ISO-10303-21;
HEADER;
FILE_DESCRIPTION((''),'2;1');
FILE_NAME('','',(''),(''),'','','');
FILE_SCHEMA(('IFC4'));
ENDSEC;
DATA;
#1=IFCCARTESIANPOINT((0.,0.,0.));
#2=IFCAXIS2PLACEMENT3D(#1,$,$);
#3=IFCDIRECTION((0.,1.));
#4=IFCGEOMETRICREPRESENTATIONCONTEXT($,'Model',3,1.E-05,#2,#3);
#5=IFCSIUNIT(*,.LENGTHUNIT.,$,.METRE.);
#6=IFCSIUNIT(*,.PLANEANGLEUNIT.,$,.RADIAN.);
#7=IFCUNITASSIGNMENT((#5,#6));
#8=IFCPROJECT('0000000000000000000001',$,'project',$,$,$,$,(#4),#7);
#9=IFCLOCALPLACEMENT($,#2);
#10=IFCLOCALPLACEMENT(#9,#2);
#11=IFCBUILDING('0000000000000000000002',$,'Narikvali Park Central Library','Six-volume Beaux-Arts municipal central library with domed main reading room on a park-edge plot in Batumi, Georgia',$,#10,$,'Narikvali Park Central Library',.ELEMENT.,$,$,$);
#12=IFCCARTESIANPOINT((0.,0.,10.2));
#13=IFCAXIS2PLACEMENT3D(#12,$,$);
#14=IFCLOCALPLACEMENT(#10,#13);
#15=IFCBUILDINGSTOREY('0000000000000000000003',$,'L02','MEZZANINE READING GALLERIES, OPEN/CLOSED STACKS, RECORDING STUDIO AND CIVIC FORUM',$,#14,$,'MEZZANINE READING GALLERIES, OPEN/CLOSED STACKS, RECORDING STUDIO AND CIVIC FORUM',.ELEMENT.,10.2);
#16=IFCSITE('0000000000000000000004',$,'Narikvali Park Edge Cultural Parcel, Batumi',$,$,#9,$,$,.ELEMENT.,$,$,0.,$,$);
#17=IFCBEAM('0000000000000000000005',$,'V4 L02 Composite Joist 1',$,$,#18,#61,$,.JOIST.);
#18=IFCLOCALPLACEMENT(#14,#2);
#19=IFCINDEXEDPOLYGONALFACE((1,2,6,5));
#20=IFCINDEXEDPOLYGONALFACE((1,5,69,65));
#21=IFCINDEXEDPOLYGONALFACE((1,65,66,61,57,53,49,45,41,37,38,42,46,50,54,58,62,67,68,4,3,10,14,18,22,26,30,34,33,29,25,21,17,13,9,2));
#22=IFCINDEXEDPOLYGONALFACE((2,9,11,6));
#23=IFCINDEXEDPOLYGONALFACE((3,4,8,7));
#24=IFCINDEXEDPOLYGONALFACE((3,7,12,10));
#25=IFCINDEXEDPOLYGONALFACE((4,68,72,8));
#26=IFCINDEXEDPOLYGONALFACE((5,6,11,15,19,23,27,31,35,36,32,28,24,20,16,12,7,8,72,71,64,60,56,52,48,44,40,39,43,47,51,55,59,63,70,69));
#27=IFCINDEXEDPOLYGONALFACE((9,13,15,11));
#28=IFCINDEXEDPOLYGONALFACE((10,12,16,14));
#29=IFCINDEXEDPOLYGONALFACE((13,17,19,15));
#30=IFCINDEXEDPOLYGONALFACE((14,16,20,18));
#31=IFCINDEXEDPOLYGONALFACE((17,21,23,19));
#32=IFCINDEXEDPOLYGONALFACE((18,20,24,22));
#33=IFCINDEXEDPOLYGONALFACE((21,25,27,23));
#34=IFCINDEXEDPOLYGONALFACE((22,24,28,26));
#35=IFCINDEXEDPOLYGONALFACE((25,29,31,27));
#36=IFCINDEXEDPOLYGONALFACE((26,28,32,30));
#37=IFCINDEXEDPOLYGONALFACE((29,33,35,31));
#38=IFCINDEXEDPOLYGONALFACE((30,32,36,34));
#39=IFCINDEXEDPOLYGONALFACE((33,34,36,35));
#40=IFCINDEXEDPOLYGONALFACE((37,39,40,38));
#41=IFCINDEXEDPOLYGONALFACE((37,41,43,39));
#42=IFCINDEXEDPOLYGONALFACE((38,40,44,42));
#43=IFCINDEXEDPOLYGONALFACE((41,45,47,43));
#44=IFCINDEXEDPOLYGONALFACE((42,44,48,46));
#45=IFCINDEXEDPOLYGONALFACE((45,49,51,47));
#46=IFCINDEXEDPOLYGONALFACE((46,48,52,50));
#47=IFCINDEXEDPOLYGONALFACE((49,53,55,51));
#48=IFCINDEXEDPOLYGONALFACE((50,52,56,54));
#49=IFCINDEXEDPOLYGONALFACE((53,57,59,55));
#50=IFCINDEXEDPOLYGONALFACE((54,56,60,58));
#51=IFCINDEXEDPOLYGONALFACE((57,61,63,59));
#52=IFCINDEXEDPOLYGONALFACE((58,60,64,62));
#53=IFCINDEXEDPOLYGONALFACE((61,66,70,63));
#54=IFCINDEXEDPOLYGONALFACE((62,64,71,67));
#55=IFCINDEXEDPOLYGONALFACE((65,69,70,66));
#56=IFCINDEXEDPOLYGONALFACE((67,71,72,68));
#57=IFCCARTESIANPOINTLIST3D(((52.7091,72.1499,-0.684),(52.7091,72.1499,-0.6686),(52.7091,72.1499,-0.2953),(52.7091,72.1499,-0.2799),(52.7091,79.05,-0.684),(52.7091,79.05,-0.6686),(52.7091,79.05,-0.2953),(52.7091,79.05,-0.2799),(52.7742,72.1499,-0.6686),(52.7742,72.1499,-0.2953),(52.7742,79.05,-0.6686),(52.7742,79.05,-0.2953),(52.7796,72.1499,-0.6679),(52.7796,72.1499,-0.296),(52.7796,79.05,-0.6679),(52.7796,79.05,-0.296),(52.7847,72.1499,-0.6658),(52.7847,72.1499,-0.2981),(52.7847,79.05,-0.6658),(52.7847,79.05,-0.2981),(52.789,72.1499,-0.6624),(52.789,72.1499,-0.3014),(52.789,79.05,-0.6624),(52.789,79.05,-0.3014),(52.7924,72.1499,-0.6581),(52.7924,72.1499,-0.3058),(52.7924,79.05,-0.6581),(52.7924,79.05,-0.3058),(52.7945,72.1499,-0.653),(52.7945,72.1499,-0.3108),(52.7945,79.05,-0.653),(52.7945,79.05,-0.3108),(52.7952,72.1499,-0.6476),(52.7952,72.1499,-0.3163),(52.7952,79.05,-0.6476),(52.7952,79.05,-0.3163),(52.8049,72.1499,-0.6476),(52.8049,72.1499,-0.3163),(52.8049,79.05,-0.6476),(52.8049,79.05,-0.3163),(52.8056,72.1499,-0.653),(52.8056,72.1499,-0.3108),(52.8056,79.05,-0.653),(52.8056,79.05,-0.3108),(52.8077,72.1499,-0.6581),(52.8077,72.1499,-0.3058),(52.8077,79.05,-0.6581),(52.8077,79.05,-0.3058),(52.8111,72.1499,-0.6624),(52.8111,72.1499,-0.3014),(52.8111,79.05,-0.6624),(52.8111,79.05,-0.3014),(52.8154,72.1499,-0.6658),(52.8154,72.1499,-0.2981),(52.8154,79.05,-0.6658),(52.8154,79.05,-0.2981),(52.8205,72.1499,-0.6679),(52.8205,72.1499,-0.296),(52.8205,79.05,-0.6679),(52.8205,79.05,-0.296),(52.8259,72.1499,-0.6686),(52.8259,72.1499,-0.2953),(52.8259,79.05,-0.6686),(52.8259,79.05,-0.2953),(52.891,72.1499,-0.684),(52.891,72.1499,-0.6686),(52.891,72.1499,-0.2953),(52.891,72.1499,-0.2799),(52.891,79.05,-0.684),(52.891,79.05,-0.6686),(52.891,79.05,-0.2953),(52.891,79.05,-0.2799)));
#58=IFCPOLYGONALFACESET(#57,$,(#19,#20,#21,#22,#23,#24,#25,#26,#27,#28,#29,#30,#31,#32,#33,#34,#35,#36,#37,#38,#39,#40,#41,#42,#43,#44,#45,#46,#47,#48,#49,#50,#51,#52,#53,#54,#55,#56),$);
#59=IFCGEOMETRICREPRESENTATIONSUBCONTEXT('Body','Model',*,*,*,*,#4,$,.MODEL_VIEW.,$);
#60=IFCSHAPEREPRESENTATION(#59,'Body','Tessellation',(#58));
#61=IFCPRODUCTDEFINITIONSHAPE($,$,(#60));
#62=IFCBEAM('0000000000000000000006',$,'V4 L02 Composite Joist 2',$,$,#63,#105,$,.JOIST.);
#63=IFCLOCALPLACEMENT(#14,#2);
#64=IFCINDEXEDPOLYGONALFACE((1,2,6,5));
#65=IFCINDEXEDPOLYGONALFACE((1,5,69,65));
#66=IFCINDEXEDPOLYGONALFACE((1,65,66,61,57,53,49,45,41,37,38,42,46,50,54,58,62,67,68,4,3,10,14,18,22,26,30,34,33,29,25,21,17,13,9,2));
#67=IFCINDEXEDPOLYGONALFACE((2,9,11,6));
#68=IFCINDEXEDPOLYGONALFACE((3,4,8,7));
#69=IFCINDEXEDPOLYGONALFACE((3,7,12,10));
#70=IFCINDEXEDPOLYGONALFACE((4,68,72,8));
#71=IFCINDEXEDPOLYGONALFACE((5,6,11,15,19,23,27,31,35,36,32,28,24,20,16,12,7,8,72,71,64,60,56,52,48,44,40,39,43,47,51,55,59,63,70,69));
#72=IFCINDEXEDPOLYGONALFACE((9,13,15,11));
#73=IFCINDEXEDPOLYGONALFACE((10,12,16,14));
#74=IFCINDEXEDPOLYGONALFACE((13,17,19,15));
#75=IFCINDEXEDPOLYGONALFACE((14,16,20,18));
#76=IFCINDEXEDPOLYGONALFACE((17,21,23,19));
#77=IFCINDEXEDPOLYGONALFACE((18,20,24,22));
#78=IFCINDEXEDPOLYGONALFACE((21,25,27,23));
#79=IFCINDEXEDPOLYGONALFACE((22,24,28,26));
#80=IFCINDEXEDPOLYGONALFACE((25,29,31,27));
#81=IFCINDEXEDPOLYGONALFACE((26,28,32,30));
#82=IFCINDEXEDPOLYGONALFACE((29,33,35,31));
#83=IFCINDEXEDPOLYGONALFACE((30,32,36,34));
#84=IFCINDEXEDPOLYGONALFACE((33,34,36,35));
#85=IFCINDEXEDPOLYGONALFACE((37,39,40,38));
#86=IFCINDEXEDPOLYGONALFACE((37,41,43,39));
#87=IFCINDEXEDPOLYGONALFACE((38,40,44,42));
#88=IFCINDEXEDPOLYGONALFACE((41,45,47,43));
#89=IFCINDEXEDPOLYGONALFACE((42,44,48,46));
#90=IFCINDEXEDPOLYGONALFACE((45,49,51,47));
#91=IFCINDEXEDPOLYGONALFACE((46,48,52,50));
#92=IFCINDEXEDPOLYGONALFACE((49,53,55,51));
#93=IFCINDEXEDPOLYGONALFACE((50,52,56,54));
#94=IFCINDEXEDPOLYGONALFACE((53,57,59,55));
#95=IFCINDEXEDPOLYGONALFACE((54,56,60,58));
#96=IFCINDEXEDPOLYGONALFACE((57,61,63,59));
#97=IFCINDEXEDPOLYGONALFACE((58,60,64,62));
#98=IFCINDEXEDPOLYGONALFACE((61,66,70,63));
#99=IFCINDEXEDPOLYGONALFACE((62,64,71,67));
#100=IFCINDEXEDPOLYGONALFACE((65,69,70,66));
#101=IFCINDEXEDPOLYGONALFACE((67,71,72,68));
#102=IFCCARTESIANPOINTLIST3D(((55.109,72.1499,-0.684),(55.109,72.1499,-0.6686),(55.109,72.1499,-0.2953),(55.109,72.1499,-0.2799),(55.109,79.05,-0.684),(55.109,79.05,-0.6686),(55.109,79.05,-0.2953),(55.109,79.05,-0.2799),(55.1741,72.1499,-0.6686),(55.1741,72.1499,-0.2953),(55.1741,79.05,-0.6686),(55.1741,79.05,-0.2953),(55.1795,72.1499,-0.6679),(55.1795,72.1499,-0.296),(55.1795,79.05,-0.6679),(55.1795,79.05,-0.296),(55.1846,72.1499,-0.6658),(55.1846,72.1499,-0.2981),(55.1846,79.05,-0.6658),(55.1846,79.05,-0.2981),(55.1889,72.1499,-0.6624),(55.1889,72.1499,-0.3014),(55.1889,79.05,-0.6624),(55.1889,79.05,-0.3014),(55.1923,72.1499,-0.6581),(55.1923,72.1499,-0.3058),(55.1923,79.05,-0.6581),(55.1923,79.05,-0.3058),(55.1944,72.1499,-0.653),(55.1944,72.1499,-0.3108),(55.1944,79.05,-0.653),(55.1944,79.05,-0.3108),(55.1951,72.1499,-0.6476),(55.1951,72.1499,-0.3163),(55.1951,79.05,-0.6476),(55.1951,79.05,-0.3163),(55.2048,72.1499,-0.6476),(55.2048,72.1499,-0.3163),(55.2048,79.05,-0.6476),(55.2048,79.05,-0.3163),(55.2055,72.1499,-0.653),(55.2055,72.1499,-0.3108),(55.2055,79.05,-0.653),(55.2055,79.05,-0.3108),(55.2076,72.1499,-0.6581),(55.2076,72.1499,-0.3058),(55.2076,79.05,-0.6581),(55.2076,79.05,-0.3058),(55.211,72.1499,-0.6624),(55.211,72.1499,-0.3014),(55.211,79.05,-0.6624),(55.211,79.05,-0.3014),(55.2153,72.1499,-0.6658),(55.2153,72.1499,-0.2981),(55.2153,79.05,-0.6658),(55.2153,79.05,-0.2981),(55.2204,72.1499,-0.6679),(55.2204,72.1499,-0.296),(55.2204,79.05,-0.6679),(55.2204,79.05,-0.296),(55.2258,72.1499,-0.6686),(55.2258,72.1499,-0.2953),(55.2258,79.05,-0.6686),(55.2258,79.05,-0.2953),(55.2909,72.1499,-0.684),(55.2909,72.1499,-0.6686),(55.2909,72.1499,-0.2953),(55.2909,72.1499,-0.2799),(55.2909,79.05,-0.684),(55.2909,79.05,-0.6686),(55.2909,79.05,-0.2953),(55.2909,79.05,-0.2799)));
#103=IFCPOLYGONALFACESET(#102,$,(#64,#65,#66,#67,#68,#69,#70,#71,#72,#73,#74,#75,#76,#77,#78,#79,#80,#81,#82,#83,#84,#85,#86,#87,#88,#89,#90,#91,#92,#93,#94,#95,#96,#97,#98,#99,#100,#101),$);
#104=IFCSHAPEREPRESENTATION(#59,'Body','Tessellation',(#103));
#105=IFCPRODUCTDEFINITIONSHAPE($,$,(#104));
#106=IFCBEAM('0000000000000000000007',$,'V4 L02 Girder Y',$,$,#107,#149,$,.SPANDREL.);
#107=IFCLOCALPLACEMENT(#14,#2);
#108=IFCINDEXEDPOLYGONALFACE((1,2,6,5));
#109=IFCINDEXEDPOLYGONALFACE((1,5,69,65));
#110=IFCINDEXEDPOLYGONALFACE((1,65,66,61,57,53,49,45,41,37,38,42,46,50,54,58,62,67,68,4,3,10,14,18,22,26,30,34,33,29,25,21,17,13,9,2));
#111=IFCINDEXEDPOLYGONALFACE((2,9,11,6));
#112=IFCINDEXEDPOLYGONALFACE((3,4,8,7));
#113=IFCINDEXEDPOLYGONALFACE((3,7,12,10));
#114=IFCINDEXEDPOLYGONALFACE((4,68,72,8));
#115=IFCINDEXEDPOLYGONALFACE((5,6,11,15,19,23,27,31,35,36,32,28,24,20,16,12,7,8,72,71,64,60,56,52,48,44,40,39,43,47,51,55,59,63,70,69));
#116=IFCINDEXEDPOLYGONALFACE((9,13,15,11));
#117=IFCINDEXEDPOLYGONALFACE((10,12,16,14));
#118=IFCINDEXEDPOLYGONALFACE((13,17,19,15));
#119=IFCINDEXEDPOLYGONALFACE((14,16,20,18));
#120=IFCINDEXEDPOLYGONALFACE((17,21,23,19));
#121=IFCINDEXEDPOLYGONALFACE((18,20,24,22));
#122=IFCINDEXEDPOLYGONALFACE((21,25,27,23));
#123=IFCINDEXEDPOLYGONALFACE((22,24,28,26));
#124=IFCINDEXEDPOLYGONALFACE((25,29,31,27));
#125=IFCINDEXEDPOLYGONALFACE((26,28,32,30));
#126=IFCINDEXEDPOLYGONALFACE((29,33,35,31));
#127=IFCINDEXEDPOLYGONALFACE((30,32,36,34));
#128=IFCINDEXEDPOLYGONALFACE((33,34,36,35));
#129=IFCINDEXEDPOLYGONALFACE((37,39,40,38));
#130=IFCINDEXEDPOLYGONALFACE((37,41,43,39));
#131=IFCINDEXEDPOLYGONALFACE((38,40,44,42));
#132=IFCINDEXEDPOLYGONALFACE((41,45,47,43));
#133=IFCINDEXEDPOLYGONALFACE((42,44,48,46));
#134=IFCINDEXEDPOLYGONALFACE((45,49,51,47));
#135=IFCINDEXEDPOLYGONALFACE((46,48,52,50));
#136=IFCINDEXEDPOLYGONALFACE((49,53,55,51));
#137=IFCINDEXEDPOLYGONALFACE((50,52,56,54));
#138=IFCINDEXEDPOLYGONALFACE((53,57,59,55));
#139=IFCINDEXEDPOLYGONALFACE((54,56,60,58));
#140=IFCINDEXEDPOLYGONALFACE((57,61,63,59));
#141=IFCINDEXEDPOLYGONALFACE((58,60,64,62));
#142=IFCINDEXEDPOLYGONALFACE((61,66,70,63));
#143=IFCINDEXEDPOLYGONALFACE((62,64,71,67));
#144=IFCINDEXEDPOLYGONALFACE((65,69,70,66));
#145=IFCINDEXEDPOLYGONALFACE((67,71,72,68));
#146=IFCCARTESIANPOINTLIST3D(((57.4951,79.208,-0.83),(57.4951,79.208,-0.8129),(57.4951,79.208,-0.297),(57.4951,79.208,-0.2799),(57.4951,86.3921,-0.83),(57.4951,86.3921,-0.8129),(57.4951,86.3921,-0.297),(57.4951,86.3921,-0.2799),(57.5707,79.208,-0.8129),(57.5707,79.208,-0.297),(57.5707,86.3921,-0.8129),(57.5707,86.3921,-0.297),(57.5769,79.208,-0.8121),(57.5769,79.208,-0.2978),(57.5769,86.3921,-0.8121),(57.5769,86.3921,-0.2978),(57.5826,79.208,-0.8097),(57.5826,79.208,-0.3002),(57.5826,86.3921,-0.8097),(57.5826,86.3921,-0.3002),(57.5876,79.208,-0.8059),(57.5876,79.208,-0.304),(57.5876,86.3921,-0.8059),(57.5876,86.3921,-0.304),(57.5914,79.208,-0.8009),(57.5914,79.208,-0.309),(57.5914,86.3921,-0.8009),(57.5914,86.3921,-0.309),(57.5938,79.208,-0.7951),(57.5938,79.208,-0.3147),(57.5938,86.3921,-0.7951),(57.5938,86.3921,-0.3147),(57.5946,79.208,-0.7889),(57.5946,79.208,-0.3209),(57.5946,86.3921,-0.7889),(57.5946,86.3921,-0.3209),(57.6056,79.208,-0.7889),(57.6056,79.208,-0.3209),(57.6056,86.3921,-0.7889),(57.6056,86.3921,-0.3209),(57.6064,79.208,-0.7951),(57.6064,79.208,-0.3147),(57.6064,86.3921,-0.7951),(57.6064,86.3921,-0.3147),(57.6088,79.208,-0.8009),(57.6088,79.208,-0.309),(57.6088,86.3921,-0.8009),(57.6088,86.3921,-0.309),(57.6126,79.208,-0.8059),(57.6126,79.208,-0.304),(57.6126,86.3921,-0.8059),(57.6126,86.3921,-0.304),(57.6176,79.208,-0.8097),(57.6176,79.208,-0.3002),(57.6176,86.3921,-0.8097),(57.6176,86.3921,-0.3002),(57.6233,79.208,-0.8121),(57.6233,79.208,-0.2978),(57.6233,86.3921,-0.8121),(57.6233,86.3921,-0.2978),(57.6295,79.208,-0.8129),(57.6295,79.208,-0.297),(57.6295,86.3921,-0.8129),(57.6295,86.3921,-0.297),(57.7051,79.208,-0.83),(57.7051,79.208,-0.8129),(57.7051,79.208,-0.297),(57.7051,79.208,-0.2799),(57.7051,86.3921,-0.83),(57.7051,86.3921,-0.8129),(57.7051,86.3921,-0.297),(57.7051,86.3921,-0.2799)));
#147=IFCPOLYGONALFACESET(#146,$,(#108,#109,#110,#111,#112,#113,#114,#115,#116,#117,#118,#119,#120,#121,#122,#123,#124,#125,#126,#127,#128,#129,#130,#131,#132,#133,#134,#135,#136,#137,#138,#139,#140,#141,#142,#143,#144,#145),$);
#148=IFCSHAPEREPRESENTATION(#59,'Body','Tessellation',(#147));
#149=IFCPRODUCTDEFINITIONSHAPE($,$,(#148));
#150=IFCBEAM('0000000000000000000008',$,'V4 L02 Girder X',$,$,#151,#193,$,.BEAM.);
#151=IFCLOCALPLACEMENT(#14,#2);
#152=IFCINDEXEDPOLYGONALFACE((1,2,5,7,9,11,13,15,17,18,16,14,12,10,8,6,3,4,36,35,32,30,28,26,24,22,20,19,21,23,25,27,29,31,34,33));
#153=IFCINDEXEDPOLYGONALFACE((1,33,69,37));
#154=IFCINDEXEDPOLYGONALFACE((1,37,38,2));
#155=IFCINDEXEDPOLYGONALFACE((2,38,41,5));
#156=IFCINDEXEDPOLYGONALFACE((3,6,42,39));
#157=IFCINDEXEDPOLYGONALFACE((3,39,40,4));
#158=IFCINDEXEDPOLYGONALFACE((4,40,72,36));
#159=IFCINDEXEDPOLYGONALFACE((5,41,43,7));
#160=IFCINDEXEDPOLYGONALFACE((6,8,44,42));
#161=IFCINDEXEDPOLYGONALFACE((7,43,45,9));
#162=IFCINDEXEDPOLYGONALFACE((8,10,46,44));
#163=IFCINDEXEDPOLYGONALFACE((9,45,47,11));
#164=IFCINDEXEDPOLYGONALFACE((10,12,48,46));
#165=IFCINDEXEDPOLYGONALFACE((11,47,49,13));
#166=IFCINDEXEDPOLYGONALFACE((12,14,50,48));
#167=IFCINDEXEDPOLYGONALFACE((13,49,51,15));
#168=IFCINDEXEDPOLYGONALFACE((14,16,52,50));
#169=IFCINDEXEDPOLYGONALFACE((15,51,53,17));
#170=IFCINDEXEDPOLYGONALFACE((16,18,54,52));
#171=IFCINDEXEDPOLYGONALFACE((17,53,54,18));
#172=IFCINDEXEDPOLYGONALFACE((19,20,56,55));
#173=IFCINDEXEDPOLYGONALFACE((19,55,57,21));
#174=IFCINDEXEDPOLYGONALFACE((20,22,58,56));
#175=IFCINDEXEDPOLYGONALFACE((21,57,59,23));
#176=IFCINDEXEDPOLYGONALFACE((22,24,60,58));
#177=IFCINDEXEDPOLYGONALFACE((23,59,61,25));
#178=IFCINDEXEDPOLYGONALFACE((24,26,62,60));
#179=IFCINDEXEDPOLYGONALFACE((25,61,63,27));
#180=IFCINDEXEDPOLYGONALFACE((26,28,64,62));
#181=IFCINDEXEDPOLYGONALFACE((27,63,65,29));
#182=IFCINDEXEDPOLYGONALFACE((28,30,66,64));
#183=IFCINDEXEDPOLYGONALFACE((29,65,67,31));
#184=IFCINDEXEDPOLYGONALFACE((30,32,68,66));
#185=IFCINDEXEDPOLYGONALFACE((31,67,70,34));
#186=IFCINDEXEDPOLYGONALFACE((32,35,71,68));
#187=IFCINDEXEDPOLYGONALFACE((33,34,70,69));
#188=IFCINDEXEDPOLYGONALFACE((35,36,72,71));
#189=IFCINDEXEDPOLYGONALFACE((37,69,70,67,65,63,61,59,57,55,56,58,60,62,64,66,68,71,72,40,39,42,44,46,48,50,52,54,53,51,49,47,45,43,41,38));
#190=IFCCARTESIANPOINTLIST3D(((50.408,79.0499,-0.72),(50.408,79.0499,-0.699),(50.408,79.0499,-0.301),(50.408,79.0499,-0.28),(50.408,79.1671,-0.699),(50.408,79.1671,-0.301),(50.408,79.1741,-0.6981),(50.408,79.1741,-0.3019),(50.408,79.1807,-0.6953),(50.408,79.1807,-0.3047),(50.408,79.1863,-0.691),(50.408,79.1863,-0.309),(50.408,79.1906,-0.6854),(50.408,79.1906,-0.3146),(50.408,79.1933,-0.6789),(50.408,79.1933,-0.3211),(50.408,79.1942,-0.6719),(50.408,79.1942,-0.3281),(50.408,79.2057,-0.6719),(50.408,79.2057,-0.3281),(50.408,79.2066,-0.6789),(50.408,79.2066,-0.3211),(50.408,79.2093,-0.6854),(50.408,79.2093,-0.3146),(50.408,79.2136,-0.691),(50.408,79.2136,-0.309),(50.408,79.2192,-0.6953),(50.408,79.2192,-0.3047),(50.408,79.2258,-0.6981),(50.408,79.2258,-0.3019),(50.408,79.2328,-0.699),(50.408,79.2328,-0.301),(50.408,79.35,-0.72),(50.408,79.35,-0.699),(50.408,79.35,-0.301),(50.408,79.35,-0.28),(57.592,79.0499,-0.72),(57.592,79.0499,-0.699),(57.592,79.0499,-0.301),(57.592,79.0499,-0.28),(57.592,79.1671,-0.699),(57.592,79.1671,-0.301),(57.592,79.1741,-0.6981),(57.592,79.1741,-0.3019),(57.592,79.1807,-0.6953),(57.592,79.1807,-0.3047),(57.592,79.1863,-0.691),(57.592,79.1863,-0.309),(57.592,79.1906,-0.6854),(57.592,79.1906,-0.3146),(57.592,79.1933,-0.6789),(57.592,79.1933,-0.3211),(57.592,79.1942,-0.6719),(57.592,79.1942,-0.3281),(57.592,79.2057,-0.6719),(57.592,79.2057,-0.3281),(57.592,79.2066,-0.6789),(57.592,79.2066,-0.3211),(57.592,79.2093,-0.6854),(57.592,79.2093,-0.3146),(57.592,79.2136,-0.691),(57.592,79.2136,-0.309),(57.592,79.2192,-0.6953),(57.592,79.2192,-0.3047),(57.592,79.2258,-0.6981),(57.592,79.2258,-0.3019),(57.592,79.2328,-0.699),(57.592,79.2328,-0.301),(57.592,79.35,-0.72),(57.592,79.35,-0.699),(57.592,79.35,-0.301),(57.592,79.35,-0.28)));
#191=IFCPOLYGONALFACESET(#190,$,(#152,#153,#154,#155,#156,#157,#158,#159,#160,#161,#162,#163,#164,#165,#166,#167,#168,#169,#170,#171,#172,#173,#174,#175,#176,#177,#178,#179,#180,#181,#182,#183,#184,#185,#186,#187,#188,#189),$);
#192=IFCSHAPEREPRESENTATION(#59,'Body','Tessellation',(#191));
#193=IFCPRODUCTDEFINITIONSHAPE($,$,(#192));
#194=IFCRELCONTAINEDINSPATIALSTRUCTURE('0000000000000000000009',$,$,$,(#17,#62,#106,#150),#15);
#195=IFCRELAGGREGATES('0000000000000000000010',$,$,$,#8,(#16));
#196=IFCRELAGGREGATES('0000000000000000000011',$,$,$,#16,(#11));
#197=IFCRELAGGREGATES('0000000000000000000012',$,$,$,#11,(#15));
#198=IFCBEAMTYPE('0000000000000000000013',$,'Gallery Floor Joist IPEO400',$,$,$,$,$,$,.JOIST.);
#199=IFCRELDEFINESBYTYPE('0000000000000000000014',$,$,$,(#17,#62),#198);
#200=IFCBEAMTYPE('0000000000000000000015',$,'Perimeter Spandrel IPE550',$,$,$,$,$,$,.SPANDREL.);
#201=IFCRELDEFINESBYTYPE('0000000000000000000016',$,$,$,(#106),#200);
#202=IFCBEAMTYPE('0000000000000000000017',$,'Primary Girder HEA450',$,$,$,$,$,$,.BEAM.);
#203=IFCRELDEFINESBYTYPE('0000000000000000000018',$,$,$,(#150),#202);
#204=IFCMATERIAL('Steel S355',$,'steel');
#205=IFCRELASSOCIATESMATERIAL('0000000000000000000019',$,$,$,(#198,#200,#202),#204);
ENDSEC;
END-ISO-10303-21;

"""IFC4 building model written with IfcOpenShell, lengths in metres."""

from ifc_helpers import new_model, si_unit, direction, frame, origin, origin_2d, place, context, subcontext, project, spatial, i_section, extrude, material, material_profile, profile_set, type_object, element, save


model = new_model("IFC4")

# Units and contexts
model_context = context("Model", 3, precision=1e-05, world=origin(), true_north=direction((0.0, 1.0)))
body_context = subcontext(model_context, "Body", "Model", "MODEL_VIEW")
ifc_project = project(units=[si_unit("LENGTHUNIT", "METRE"), si_unit("PLANEANGLEUNIT", "RADIAN")], contexts=[model_context])

# Site, building, storey
site_placement = place(None, origin())
site = spatial("IfcSite", under=ifc_project, at=site_placement, Name="Narikvali Park Edge Cultural Parcel, Batumi", CompositionType="ELEMENT", RefElevation=0.0)
building_placement = place(site_placement, origin())
building = spatial("IfcBuilding", under=site, at=building_placement, Name="Narikvali Park Central Library", Description="Six-volume Beaux-Arts municipal central library with domed main reading room on a park-edge plot in Batumi, Georgia", LongName="Narikvali Park Central Library", CompositionType="ELEMENT")
storey_placement = place(building_placement, frame((0.0, 0.0, 10.2)))
storey = spatial("IfcBuildingStorey", under=building, at=storey_placement, Name="L02", Description="MEZZANINE READING GALLERIES, OPEN/CLOSED STACKS, RECORDING STUDIO AND CIVIC FORUM", LongName="MEZZANINE READING GALLERIES, OPEN/CLOSED STACKS, RECORDING STUDIO AND CIVIC FORUM", CompositionType="ELEMENT", Elevation=10.2)

# Shared definitions
ifc_material_1 = material(Name="Steel S355", Category="steel")

# Beams
ifc_material_profile_1 = material_profile(ifc_material_1, i_section(OverallWidth=0.1819, OverallDepth=0.4041, WebThickness=0.0098, FlangeThickness=0.0154, FilletRadius=0.021, at=origin_2d()), Name="IPEO 400")
ifc_profile_set_1 = profile_set([ifc_material_profile_1], Name="Steel S355")
beam_type_1 = type_object("IfcBeamType", Name="Gallery Floor Joist IPEO400", PredefinedType="JOIST", material=ifc_profile_set_1)
for number, where, z_axis, x_axis, name in (
    (1, (52.8, 72.1499, -0.4819), (0.0, 1.0, 0.0), (-1.0, 0.0, 0.0), "V4 L02 Composite Joist 1"),
    (2, (55.2, 72.1499, -0.4819), (0.0, 1.0, 0.0), (-1.0, 0.0, 0.0), "V4 L02 Composite Joist 2"),
):
    element("IfcBeam", number, at=place(storey_placement, frame(where, z_axis=z_axis, x_axis=x_axis)), inside=storey, type_object=beam_type_1, Name=name, PredefinedType="JOIST", context=body_context, shape_type="SweptSolid", body=[
        extrude(i_section(OverallWidth=0.1819, OverallDepth=0.4041, WebThickness=0.0098, FlangeThickness=0.0154, FilletRadius=0.021, at=origin_2d()), origin(), (0.0, 0.0, 1.0), 6.9001),
    ])
ifc_material_profile_2 = material_profile(ifc_material_1, i_section(OverallWidth=0.21, OverallDepth=0.55, WebThickness=0.011, FlangeThickness=0.0171, FilletRadius=0.0239, at=origin_2d()), Name="IPE 550")
ifc_profile_set_2 = profile_set([ifc_material_profile_2], Name="Steel S355")
beam_type_2 = type_object("IfcBeamType", Name="Perimeter Spandrel IPE550", PredefinedType="SPANDREL", material=ifc_profile_set_2)
beam_1_placement = place(storey_placement, frame((57.6001, 79.208, -0.5549), z_axis=(0.0, 1.0, 0.0), x_axis=(-1.0, 0.0, 0.0)))
element("IfcBeam", 3, at=beam_1_placement, inside=storey, type_object=beam_type_2, Name="V4 L02 Girder Y", PredefinedType="SPANDREL", context=body_context, shape_type="SweptSolid", body=[
    extrude(i_section(OverallWidth=0.21, OverallDepth=0.55, WebThickness=0.011, FlangeThickness=0.0171, FilletRadius=0.0239, at=origin_2d()), origin(), (0.0, 0.0, 1.0), 7.1841),
])
ifc_material_profile_3 = material_profile(ifc_material_1, i_section(OverallWidth=0.3, OverallDepth=0.4399, WebThickness=0.0115, FlangeThickness=0.021, FilletRadius=0.0271, at=origin_2d()), Name="HEA 450")
ifc_profile_set_3 = profile_set([ifc_material_profile_3], Name="Steel S355")
beam_type_3 = type_object("IfcBeamType", Name="Primary Girder HEA450", PredefinedType="BEAM", material=ifc_profile_set_3)
beam_2_placement = place(storey_placement, frame((50.408, 79.2, -0.5), z_axis=(1.0, 0.0, 0.0), x_axis=(0.0, 1.0, 0.0)))
element("IfcBeam", 4, at=beam_2_placement, inside=storey, type_object=beam_type_3, Name="V4 L02 Girder X", PredefinedType="BEAM", context=body_context, shape_type="SweptSolid", body=[
    extrude(i_section(OverallWidth=0.3, OverallDepth=0.4399, WebThickness=0.0115, FlangeThickness=0.021, FilletRadius=0.0271, at=origin_2d()), origin(), (0.0, 0.0, 1.0), 7.1841),
])

save(model, "model.ifc")
